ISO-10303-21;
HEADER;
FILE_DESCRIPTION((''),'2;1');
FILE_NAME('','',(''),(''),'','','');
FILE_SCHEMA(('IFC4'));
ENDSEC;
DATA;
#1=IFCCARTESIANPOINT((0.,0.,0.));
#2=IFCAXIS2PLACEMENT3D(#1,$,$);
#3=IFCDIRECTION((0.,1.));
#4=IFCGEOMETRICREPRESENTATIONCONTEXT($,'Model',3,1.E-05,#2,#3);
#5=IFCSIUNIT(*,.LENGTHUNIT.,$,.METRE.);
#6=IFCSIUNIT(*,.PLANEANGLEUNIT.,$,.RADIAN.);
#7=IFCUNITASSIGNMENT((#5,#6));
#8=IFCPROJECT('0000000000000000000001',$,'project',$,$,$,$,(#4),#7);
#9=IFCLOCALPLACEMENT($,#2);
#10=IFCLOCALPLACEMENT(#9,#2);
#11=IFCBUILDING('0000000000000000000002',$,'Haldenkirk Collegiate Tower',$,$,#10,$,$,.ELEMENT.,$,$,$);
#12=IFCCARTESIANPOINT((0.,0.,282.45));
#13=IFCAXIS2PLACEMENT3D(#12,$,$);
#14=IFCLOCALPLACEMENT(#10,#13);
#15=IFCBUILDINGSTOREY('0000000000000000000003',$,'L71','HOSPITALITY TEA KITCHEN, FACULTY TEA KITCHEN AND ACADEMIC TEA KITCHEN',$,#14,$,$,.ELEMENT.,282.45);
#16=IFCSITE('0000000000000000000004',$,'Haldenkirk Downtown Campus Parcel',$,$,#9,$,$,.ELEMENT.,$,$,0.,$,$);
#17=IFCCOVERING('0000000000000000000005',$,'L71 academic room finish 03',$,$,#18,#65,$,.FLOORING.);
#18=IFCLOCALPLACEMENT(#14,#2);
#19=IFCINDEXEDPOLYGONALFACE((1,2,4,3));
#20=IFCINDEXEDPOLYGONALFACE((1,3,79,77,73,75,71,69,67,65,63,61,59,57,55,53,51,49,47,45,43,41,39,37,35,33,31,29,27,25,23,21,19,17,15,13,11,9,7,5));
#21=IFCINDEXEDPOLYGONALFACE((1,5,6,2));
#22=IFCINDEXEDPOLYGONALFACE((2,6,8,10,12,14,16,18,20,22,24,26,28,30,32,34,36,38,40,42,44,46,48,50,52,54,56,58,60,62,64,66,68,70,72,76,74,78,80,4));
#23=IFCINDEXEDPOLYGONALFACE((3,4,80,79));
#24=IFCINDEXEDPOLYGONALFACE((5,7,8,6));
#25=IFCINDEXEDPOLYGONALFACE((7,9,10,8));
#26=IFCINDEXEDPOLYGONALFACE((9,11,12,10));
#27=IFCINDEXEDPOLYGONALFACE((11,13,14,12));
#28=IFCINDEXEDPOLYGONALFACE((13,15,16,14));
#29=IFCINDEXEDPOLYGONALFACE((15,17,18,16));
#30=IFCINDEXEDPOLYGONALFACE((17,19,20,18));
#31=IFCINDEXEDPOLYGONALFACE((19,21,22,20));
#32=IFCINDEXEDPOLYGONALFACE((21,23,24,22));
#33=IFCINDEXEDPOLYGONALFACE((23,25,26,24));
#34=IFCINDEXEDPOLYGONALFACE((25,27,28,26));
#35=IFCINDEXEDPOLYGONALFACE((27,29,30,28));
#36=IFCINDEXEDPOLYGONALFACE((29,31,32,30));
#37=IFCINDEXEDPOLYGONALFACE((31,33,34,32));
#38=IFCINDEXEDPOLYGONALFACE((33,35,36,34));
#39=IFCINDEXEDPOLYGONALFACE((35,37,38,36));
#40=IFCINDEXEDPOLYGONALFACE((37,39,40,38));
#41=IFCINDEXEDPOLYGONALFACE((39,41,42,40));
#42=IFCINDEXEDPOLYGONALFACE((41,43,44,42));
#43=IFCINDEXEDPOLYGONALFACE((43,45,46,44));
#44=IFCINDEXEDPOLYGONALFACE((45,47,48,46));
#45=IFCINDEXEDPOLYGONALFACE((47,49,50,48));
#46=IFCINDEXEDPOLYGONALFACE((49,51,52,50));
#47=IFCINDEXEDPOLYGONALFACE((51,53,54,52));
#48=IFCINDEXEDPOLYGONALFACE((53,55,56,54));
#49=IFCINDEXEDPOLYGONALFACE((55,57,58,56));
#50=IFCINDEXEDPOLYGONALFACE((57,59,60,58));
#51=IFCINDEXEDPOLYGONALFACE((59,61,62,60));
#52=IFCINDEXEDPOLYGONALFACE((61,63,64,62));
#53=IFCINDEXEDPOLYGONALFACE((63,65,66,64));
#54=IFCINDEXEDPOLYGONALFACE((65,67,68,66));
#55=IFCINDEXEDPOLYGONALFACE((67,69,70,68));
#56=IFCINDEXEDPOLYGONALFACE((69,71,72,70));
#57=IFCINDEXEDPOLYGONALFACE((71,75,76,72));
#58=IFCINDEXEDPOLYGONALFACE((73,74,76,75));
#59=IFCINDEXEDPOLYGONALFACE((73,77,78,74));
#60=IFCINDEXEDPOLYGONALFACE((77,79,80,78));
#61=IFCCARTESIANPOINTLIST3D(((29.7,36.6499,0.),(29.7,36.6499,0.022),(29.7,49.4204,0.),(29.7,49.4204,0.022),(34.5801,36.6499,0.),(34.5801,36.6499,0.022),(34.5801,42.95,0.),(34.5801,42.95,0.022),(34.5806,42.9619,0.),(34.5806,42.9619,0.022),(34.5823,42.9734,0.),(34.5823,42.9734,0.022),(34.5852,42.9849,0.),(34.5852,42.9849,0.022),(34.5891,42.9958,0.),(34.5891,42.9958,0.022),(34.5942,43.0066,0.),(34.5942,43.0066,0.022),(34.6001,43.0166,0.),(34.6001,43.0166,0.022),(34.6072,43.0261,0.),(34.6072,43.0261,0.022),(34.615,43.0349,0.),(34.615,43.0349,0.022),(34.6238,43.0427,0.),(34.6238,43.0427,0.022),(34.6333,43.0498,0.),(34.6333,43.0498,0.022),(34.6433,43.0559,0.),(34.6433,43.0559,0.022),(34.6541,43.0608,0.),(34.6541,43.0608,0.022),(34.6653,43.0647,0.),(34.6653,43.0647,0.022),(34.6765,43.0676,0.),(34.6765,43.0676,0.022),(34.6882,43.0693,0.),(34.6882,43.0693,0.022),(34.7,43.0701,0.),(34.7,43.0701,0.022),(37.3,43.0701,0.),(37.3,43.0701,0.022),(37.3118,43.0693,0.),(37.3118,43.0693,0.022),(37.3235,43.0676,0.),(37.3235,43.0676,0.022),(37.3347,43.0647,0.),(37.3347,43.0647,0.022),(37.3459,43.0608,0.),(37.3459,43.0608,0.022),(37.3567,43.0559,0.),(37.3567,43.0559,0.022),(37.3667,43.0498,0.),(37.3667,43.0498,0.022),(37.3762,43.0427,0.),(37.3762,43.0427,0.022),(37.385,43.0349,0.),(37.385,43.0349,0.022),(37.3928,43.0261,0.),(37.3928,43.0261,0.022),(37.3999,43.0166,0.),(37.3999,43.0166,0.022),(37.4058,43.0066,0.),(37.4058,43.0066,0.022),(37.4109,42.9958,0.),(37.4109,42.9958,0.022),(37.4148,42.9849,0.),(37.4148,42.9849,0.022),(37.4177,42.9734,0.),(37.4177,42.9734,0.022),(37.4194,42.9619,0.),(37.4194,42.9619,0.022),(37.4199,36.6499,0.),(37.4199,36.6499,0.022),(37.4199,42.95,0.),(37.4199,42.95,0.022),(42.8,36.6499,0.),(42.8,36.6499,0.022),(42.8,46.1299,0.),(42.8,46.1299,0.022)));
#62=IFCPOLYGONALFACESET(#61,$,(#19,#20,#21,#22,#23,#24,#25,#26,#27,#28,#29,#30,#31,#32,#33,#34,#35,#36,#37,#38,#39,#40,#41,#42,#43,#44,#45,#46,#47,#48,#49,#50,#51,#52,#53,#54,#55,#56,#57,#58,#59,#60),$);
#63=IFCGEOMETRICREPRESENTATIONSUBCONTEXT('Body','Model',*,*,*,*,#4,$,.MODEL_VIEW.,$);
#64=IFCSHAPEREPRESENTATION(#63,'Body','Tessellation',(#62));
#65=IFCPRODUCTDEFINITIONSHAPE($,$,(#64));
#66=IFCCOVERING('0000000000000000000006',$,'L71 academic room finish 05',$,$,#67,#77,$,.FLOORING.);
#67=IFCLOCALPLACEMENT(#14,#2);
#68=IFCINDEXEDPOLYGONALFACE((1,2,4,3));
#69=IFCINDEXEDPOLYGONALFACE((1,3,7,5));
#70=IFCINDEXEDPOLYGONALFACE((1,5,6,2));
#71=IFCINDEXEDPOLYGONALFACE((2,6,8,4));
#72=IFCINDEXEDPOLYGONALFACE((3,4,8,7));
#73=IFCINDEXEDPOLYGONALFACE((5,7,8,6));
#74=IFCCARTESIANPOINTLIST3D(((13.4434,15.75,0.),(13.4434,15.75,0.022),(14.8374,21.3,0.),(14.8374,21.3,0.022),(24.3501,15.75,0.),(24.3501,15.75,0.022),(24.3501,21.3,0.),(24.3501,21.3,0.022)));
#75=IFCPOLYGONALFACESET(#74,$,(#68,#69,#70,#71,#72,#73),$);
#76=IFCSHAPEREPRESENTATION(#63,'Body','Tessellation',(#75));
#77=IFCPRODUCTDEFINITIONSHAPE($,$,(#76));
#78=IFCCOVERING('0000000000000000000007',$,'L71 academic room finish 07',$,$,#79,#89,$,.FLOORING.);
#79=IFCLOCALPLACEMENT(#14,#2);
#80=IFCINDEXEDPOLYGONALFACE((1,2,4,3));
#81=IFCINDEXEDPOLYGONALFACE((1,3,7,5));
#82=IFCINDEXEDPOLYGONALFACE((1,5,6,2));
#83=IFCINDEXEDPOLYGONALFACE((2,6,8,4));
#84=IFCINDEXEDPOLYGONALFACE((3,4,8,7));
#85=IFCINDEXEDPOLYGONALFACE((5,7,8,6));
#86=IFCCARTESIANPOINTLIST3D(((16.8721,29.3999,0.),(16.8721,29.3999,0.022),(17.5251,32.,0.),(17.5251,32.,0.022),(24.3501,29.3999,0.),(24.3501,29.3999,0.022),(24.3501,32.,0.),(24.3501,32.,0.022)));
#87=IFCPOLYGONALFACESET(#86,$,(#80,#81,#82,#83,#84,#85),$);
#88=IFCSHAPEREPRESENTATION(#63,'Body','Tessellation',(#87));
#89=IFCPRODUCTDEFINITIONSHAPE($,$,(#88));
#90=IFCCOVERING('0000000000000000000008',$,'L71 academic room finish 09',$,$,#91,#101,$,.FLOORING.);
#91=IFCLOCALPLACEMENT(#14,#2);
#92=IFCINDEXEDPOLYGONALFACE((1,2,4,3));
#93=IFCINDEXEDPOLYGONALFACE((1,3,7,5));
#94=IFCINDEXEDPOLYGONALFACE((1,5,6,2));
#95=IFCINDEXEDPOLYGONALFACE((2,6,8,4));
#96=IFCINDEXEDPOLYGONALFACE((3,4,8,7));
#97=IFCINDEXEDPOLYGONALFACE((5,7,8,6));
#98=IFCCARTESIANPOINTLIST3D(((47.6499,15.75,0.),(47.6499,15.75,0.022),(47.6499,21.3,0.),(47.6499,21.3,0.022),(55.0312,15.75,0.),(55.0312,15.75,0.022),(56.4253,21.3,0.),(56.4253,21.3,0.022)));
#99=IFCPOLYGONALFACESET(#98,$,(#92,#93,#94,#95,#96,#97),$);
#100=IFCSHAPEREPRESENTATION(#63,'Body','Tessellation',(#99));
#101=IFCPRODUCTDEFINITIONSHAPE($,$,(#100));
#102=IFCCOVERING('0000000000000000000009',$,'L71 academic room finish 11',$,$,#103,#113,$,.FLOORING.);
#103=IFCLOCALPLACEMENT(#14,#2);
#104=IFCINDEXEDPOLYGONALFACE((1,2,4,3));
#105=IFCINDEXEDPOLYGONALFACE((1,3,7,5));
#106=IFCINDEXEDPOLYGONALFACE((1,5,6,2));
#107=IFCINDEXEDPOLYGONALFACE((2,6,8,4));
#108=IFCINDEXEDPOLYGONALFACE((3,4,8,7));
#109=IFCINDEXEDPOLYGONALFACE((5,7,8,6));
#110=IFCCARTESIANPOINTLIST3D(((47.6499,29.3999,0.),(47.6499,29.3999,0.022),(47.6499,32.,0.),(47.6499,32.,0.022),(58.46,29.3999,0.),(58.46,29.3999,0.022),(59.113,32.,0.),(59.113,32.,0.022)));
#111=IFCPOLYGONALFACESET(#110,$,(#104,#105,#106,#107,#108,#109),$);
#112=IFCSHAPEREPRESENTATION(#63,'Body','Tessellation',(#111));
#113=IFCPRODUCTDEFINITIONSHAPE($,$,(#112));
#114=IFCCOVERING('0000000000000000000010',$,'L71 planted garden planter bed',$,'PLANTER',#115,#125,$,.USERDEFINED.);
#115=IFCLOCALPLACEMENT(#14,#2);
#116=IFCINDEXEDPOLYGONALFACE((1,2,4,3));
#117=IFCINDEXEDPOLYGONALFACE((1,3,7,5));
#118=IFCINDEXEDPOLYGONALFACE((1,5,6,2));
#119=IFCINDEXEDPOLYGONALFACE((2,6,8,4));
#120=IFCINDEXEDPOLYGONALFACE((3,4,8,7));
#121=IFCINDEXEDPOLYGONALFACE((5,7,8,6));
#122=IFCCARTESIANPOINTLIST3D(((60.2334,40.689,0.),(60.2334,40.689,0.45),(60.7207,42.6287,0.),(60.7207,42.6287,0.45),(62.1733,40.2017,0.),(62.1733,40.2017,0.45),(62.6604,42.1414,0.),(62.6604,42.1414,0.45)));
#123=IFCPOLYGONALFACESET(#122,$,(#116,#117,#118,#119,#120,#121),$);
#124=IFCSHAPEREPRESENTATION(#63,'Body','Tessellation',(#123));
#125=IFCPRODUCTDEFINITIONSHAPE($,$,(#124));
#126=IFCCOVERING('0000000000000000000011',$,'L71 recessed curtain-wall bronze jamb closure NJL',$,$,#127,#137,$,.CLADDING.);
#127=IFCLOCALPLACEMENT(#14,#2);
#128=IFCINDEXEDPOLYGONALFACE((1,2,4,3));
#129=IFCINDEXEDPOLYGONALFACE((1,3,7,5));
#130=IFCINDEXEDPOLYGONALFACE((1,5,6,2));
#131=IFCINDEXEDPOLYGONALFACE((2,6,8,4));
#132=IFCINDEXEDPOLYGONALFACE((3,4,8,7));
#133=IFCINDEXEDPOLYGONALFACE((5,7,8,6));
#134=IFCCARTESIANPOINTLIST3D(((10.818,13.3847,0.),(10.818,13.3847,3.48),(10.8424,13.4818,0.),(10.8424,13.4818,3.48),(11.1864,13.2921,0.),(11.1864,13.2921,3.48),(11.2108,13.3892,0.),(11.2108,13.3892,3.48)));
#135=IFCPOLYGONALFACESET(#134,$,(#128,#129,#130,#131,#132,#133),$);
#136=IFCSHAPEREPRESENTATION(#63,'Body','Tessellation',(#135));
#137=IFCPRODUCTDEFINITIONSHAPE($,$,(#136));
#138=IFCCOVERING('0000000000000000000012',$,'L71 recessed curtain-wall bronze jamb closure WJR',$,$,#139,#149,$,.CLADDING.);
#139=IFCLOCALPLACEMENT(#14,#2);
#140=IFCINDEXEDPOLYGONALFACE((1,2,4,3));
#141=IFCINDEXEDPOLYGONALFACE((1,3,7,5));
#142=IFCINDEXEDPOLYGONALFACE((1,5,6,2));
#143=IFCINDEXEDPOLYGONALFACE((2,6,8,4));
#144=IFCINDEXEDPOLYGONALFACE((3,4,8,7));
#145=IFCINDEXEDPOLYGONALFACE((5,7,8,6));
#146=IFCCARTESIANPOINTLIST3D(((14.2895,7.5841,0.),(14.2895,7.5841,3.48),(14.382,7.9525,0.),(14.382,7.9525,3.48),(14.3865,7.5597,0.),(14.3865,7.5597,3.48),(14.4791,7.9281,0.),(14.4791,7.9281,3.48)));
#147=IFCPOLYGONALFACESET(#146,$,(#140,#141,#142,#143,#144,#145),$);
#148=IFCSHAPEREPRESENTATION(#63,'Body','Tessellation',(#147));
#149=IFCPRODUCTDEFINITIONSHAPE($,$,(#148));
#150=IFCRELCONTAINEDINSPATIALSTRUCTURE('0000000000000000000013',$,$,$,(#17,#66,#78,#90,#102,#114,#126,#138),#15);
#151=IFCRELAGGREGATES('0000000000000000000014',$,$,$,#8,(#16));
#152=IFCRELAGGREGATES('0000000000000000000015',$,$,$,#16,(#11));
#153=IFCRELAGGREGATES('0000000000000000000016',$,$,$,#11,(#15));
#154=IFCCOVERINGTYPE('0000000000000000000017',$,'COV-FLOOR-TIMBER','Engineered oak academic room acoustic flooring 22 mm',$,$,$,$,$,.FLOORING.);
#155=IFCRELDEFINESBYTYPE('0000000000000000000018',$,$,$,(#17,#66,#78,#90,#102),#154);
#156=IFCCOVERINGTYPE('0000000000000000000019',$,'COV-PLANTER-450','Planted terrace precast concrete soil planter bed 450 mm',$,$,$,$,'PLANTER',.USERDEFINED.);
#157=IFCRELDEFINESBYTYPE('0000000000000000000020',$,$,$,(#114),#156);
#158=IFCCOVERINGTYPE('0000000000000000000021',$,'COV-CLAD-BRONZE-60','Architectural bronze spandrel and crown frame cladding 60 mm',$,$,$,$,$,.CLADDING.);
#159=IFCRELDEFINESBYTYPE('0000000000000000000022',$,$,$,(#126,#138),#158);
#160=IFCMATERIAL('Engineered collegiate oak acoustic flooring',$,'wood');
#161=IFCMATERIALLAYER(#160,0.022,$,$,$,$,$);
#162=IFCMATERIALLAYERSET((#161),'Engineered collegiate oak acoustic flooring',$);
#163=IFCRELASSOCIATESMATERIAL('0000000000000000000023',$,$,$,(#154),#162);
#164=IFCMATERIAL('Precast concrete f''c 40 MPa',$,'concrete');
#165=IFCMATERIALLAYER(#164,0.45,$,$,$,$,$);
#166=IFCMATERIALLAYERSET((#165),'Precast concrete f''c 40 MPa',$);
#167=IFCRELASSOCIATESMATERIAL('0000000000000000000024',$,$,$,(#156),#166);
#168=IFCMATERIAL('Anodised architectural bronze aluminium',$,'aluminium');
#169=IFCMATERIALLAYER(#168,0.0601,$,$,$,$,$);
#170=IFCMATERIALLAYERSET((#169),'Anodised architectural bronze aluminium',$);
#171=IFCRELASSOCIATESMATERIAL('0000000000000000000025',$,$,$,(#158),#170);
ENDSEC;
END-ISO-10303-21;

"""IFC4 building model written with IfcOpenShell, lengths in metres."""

from ifc_helpers import new_model, si_unit, direction, frame, origin, origin_2d, place, context, subcontext, project, spatial, polyline, rectangle, outline, extrude, source, transform, mapped, material, layer, layer_set, type_object, element, save


model = new_model("IFC4")

# Units and contexts
model_context = context("Model", 3, precision=1e-05, world=origin(), true_north=direction((0.0, 1.0)))
body_context = subcontext(model_context, "Body", "Model", "MODEL_VIEW")
ifc_project = project(units=[si_unit("LENGTHUNIT", "METRE"), si_unit("PLANEANGLEUNIT", "RADIAN")], contexts=[model_context])

# Site, building, storey
site_placement = place(None, origin())
site = spatial("IfcSite", under=ifc_project, at=site_placement, Name="Haldenkirk Downtown Campus Parcel", CompositionType="ELEMENT", RefElevation=0.0)
building_placement = place(site_placement, origin())
building = spatial("IfcBuilding", under=site, at=building_placement, Name="Haldenkirk Collegiate Tower", CompositionType="ELEMENT")
storey_placement = place(building_placement, frame((0.0, 0.0, 282.45)))
storey = spatial("IfcBuildingStorey", under=building, at=storey_placement, Name="L71", Description="HOSPITALITY TEA KITCHEN, FACULTY TEA KITCHEN AND ACADEMIC TEA KITCHEN", CompositionType="ELEMENT", Elevation=282.45)

# Shared definitions
ifc_material_1 = material(Name="Anodised architectural bronze aluminium", Category="aluminium")

# Shared definitions
ifc_material_2 = material(Name="Precast concrete f'c 40 MPa", Category="concrete")

# Coverings
ifc_material_3 = material(Name="Engineered collegiate oak acoustic flooring", Category="wood")
ifc_layer_1 = layer(ifc_material_3, 0.022)
ifc_layer_set_1 = layer_set([ifc_layer_1], Name="Engineered collegiate oak acoustic flooring")
covering_type_1 = type_object("IfcCoveringType", Name="COV-FLOOR-TIMBER", Description="Engineered oak academic room acoustic flooring 22 mm", PredefinedType="FLOORING", material=ifc_layer_set_1)
covering_1_placement = place(storey_placement, origin())
element("IfcCovering", 1, at=covering_1_placement, inside=storey, type_object=covering_type_1, Name="L71 academic room finish 03", PredefinedType="FLOORING", context=body_context, shape_type="SweptSolid", body=[
    extrude(outline(polyline([(42.8, 46.1299), (42.8, 36.6499), (37.4199, 36.6499), (37.4199, 42.95), (37.4194, 42.9619), (37.4177, 42.9734), (37.4148, 42.9849), (37.4109, 42.9958), (37.4058, 43.0066), (37.3999, 43.0166), (37.3928, 43.0261), (37.385, 43.0349), (37.3762, 43.0427), (37.3667, 43.0498), (37.3567, 43.0559), (37.3459, 43.0608), (37.3347, 43.0647), (37.3235, 43.0676), (37.3118, 43.0693), (37.3, 43.0701), (34.7, 43.0701), (34.6882, 43.0693), (34.6765, 43.0676), (34.6653, 43.0647), (34.6541, 43.0608), (34.6433, 43.0559), (34.6333, 43.0498), (34.6238, 43.0427), (34.615, 43.0349), (34.6072, 43.0261), (34.6001, 43.0166), (34.5942, 43.0066), (34.5891, 42.9958), (34.5852, 42.9849), (34.5823, 42.9734), (34.5806, 42.9619), (34.5801, 42.95), (34.5801, 36.6499), (29.7, 36.6499), (29.7, 49.4204), (42.8, 46.1299)])), origin(), (0.0, 0.0, 1.0), 0.022),
])
covering_2_placement = place(storey_placement, origin())
element("IfcCovering", 2, at=covering_2_placement, inside=storey, type_object=covering_type_1, Name="L71 academic room finish 05", PredefinedType="FLOORING", context=body_context, shape_type="SweptSolid", body=[
    extrude(outline(polyline([(14.8374, 21.3), (24.3501, 21.3), (24.3501, 15.75), (13.4434, 15.75), (14.8374, 21.3)])), origin(), (0.0, 0.0, 1.0), 0.022),
])
covering_3_placement = place(storey_placement, origin())
element("IfcCovering", 3, at=covering_3_placement, inside=storey, type_object=covering_type_1, Name="L71 academic room finish 07", PredefinedType="FLOORING", context=body_context, shape_type="SweptSolid", body=[
    extrude(outline(polyline([(17.5251, 32.0), (24.3501, 32.0), (24.3501, 29.3999), (16.8721, 29.3999), (17.5251, 32.0)])), origin(), (0.0, 0.0, 1.0), 0.022),
])
covering_4_placement = place(storey_placement, origin())
element("IfcCovering", 4, at=covering_4_placement, inside=storey, type_object=covering_type_1, Name="L71 academic room finish 09", PredefinedType="FLOORING", context=body_context, shape_type="SweptSolid", body=[
    extrude(outline(polyline([(55.0312, 15.75), (47.6499, 15.75), (47.6499, 21.3), (56.4253, 21.3), (55.0312, 15.75)])), origin(), (0.0, 0.0, 1.0), 0.022),
])
covering_5_placement = place(storey_placement, origin())
element("IfcCovering", 5, at=covering_5_placement, inside=storey, type_object=covering_type_1, Name="L71 academic room finish 11", PredefinedType="FLOORING", context=body_context, shape_type="SweptSolid", body=[
    extrude(outline(polyline([(58.46, 29.3999), (47.6499, 29.3999), (47.6499, 32.0), (59.113, 32.0), (58.46, 29.3999)])), origin(), (0.0, 0.0, 1.0), 0.022),
])
ifc_layer_2 = layer(ifc_material_2, 0.45)
ifc_layer_set_2 = layer_set([ifc_layer_2], Name="Precast concrete f'c 40 MPa")
covering_type_2 = type_object("IfcCoveringType", Name="COV-PLANTER-450", Description="Planted terrace precast concrete soil planter bed 450 mm", ElementType="PLANTER", PredefinedType="USERDEFINED", material=ifc_layer_set_2)
covering_6_placement = place(storey_placement, origin())
element("IfcCovering", 6, at=covering_6_placement, inside=storey, type_object=covering_type_2, Name="L71 planted garden planter bed", ObjectType="PLANTER", PredefinedType="USERDEFINED", context=body_context, shape_type="SweptSolid", body=[
    extrude(outline(polyline([(62.1733, 40.2017), (60.2334, 40.689), (60.7207, 42.6287), (62.6604, 42.1414), (62.1733, 40.2017)])), origin(), (0.0, 0.0, 1.0), 0.45),
])
ifc_layer_3 = layer(ifc_material_1, 0.0601)
ifc_layer_set_3 = layer_set([ifc_layer_3], Name="Anodised architectural bronze aluminium")
covering_type_3 = type_object("IfcCoveringType", Name="COV-CLAD-BRONZE-60", Description="Architectural bronze spandrel and crown frame cladding 60 mm", PredefinedType="CLADDING", material=ifc_layer_set_3)
shared_shape_1 = source(origin(), body_context, "Body", "SweptSolid", [
    extrude(rectangle(XDim=0.1001, YDim=0.3799, at=origin_2d()), origin(), (0.0, 0.0, 1.0), 3.48),
])
for number, where, z_axis, x_axis, name in (
    (7, (11.0144, 13.387, 0.0), (0.0, 0.0, 1.0), (0.243615, 0.969872, 0.0), "L71 recessed curtain-wall bronze jamb closure NJL"),
    (8, (14.3843, 7.7561, 0.0), (0.0, 0.0, 1.0), (-0.969872, 0.243615, 0.0), "L71 recessed curtain-wall bronze jamb closure WJR"),
):
    element("IfcCovering", number, at=place(storey_placement, frame(where, z_axis=z_axis, x_axis=x_axis)), inside=storey, type_object=covering_type_3, Name=name, PredefinedType="CLADDING", context=body_context, shape_type="MappedRepresentation", body=[
        mapped(shared_shape_1, transform((0.0, 0.0, 0.0), x_axis=(1.0, 0.0, 0.0), y_axis=(0.0, 1.0, 0.0), z_axis=(0.0, 0.0, 1.0), scale=1.0)),
    ])

save(model, "model.ifc")
